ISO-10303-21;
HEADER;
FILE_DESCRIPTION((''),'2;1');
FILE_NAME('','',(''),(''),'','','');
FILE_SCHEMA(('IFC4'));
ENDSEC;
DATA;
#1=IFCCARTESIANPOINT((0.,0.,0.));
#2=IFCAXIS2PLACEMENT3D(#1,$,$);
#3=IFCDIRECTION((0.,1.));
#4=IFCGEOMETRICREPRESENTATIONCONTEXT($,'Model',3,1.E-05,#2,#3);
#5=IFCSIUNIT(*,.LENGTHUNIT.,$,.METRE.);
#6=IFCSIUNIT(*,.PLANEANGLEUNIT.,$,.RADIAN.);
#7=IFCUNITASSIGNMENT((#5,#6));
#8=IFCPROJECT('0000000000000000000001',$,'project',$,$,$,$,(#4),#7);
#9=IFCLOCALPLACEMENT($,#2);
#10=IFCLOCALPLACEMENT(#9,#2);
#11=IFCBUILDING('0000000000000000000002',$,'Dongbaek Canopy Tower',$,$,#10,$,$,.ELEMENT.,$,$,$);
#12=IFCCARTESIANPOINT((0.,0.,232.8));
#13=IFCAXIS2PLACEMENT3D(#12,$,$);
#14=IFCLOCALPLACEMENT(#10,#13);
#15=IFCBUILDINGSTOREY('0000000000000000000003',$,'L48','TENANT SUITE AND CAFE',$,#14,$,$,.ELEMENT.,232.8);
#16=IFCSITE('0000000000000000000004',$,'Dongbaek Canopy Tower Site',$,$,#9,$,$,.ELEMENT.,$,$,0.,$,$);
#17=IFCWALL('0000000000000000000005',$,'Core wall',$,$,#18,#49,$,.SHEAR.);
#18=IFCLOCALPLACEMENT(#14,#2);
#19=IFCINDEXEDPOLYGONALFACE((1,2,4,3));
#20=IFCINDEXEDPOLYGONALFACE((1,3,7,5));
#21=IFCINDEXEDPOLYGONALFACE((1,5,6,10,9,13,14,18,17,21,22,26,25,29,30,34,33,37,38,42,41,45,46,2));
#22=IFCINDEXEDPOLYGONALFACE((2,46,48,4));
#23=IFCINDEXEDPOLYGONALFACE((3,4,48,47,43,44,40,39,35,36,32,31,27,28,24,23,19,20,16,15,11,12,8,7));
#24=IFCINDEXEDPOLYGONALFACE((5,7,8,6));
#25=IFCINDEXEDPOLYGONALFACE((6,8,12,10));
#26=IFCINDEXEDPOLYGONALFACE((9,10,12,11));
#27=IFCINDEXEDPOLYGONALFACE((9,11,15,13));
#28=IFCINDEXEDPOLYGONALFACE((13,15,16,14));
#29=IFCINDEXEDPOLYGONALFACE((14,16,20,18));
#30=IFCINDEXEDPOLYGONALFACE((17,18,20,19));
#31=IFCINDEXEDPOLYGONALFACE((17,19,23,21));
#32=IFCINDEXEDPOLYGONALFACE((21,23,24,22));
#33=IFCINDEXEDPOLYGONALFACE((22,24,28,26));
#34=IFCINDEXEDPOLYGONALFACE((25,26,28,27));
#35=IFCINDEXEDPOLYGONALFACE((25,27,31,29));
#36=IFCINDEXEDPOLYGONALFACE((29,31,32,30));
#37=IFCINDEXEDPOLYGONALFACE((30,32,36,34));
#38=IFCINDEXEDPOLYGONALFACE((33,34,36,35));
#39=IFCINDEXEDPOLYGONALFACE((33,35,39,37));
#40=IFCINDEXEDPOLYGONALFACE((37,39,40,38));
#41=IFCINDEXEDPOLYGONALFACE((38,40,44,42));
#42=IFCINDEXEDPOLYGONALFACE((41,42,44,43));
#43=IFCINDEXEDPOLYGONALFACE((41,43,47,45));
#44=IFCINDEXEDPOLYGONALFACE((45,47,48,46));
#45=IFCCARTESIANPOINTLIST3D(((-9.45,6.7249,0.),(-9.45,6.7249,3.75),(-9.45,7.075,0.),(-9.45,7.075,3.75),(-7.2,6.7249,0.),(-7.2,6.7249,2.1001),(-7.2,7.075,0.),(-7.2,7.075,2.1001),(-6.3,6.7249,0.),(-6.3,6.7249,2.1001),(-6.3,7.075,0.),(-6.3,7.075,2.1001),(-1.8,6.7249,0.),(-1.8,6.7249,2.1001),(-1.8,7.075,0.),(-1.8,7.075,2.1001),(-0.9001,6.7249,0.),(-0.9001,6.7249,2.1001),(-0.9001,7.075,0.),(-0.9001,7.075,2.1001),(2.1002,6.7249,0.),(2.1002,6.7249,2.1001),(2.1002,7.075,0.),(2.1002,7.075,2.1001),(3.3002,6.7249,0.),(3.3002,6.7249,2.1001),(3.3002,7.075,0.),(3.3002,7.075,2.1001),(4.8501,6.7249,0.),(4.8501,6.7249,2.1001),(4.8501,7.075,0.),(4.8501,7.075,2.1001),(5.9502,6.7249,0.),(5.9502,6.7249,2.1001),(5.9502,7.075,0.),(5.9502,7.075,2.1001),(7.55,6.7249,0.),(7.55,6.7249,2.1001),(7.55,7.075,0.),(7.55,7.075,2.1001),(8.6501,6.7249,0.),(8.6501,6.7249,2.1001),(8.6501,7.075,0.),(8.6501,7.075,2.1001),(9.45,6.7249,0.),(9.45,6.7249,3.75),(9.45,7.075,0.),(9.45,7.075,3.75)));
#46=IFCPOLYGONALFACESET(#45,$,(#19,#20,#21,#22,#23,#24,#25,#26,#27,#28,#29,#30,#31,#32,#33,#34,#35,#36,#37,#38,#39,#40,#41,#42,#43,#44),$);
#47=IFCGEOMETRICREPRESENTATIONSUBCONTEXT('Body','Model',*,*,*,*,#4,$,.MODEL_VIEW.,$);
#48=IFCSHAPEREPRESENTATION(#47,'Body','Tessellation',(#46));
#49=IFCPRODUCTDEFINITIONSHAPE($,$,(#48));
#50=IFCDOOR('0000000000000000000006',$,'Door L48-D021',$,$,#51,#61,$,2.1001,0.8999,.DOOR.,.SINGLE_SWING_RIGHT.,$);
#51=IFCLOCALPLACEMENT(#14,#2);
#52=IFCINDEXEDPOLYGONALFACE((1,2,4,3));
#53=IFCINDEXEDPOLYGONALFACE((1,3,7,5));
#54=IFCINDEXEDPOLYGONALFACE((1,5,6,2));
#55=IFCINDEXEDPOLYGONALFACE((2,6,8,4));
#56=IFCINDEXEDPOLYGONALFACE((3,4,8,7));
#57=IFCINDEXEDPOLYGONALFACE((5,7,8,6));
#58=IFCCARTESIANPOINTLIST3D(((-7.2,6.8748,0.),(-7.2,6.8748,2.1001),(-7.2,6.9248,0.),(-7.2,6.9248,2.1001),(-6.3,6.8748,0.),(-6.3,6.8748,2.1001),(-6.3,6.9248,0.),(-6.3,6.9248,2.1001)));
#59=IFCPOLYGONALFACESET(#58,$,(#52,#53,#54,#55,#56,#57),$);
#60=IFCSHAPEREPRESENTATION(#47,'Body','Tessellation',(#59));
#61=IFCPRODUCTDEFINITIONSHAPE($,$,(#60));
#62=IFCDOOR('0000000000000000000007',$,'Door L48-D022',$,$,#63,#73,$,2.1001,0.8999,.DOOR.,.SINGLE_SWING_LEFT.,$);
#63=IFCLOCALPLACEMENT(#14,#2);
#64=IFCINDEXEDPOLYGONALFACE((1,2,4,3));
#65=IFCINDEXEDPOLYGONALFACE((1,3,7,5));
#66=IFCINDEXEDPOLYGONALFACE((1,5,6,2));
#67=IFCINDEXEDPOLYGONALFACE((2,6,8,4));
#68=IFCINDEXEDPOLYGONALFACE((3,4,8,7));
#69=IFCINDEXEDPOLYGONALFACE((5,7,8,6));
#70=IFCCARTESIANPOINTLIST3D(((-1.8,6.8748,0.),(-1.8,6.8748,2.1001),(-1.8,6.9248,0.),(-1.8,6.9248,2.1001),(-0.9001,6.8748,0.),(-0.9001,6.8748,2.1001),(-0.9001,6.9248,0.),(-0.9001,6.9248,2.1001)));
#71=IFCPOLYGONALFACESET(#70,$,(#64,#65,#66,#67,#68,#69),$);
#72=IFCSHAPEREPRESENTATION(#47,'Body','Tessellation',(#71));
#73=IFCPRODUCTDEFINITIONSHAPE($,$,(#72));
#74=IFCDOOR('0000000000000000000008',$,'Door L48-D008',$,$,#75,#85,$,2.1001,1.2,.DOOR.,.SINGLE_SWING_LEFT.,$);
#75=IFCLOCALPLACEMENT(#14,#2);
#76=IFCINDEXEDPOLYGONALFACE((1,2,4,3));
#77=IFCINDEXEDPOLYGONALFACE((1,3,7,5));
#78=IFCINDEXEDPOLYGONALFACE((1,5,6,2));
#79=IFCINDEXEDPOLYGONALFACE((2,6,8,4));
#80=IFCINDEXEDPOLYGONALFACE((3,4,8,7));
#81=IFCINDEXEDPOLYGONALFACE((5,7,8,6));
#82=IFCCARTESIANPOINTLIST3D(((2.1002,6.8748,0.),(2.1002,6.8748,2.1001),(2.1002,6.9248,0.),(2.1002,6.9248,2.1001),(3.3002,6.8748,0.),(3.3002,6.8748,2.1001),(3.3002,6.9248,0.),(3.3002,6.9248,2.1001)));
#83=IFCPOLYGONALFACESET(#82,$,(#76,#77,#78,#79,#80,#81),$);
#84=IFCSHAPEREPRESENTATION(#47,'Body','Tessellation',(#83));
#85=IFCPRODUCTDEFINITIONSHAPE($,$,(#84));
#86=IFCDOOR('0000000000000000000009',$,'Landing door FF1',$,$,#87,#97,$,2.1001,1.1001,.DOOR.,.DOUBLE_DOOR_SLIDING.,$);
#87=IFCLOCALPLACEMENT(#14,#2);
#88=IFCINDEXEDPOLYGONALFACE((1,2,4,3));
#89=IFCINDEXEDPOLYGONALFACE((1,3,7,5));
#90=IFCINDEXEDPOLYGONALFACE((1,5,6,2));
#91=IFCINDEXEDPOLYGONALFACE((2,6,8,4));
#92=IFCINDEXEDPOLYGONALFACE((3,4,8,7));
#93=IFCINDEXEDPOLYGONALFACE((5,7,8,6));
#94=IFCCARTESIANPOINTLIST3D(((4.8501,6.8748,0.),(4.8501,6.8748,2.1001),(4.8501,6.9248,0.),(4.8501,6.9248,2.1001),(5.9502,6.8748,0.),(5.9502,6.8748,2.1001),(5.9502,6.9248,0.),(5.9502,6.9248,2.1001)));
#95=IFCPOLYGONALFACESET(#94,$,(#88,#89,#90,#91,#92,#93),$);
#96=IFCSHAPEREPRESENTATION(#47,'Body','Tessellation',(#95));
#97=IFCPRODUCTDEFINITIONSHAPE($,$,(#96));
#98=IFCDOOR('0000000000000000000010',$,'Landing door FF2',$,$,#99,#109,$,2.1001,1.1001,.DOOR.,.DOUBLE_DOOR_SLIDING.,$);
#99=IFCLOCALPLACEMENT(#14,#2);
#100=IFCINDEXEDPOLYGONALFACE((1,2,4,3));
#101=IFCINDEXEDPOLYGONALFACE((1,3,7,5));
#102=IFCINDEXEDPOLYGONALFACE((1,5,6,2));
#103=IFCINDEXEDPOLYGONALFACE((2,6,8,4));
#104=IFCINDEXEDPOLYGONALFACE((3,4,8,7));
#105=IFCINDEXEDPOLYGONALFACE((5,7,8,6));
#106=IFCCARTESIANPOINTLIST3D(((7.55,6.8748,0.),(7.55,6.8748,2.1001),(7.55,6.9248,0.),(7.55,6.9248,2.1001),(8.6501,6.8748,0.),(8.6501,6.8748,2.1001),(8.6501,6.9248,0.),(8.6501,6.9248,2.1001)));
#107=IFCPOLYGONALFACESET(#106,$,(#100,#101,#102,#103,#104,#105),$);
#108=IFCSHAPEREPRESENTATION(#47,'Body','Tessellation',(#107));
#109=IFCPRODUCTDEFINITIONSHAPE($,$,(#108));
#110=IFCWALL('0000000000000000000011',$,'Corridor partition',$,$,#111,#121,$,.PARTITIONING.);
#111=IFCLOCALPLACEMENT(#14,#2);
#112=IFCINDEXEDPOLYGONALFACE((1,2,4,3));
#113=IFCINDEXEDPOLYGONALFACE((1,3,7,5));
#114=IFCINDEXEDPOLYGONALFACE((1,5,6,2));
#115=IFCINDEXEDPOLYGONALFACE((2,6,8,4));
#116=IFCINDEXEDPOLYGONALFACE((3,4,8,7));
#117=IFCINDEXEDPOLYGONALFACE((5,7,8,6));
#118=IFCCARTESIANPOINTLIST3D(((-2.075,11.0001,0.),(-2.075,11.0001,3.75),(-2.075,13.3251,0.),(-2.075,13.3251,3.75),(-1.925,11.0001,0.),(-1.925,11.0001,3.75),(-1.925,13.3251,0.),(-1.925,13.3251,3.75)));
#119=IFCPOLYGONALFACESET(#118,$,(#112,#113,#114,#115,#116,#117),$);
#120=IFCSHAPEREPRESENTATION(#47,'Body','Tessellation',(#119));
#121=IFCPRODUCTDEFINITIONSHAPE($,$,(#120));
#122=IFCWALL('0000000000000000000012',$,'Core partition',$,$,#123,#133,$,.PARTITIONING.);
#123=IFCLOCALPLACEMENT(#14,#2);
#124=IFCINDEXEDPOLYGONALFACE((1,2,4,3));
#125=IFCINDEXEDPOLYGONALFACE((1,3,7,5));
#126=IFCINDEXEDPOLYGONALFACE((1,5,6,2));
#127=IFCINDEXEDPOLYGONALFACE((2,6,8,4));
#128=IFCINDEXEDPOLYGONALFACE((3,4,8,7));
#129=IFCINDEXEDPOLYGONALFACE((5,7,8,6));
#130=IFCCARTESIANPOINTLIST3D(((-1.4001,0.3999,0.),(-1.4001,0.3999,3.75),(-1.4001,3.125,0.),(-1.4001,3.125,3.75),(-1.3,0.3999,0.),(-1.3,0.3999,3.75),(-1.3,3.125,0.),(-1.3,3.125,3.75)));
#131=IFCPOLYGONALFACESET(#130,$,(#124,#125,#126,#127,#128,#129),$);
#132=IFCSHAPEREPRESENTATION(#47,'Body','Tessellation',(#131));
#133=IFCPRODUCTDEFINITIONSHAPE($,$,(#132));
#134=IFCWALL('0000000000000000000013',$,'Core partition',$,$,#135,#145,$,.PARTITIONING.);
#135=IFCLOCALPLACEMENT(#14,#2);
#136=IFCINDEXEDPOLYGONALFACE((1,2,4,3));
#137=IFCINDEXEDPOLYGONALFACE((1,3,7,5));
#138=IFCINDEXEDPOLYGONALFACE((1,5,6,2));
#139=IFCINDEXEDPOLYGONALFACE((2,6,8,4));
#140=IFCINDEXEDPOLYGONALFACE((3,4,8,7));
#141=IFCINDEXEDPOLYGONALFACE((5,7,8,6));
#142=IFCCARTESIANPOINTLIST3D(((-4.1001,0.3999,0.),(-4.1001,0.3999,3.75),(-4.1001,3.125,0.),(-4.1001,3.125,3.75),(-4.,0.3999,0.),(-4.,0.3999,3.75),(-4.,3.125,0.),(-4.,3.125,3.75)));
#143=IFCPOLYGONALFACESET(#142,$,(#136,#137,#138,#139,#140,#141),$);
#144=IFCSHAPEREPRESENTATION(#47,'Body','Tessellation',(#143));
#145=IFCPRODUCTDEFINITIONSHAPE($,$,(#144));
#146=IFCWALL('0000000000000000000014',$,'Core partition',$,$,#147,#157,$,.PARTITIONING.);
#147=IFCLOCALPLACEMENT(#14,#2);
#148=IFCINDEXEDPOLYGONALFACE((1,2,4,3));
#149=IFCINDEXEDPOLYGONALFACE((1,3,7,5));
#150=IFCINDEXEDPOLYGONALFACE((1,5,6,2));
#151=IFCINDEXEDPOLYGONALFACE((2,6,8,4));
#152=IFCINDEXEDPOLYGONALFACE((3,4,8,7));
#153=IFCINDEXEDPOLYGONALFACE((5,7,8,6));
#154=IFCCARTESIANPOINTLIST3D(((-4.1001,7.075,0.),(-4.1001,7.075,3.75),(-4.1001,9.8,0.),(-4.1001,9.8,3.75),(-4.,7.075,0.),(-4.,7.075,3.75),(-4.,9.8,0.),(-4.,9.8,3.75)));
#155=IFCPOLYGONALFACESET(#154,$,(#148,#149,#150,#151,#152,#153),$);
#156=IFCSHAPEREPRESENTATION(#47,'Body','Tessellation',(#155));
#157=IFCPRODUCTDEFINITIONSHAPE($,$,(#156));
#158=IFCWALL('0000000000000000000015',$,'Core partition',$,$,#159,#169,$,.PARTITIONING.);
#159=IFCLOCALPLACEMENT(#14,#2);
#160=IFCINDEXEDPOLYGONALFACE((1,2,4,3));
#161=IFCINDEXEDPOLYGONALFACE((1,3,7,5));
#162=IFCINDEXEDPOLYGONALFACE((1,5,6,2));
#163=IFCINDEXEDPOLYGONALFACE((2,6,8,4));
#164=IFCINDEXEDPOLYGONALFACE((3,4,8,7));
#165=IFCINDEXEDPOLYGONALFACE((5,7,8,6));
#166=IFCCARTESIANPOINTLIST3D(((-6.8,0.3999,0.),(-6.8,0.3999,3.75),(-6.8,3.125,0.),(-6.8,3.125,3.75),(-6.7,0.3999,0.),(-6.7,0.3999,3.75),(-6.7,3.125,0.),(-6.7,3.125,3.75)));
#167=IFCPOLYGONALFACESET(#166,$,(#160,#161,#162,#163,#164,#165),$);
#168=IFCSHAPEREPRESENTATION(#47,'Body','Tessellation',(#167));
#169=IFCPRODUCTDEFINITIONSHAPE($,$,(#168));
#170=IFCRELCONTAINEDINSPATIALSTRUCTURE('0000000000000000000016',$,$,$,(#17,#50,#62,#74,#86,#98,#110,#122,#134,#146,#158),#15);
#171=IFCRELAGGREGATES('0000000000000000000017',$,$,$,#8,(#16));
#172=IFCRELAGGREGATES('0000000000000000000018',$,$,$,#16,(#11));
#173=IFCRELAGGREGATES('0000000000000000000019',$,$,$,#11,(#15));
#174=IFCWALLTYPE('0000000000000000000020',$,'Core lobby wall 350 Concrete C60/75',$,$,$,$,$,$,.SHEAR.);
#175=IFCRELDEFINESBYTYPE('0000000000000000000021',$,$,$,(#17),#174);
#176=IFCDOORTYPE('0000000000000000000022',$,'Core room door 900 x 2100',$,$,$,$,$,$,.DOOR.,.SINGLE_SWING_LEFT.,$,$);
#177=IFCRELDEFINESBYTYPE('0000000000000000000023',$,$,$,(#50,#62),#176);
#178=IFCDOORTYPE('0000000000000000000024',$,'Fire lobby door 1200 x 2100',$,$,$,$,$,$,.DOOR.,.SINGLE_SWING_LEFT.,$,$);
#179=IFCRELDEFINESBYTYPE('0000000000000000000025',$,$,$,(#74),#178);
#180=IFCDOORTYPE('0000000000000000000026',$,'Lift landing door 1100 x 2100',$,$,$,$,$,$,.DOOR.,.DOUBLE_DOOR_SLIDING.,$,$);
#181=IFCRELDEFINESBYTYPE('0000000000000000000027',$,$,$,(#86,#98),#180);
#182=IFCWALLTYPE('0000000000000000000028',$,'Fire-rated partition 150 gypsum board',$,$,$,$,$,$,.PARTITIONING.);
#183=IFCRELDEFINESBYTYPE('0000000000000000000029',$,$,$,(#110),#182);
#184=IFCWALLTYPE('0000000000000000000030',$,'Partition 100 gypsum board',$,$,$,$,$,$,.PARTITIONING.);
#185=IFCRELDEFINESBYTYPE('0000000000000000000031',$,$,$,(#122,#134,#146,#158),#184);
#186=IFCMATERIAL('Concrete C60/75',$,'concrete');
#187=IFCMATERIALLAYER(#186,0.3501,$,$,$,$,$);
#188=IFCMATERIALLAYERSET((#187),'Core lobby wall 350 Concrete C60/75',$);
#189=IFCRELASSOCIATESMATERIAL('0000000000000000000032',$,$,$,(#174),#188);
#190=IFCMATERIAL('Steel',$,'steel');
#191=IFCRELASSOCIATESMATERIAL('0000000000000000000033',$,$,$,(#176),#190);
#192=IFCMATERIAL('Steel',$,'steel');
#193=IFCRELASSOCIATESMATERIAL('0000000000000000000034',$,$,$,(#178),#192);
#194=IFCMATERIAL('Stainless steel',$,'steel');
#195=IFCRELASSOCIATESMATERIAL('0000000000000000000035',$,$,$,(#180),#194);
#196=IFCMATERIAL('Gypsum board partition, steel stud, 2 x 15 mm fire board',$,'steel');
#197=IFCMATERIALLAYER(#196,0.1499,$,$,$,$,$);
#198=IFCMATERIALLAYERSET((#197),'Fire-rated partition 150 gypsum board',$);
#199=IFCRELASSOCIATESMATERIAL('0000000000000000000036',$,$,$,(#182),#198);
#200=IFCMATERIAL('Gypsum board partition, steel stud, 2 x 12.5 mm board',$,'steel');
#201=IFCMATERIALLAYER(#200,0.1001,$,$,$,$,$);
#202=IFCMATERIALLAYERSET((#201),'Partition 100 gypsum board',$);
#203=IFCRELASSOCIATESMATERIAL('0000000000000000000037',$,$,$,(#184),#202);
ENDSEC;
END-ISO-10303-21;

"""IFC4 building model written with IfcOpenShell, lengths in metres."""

from ifc_helpers import new_model, si_unit, direction, frame, frame_2d, origin, place, context, subcontext, project, spatial, rectangle, extrude, material, layer, layer_set, type_object, element, fill, save


model = new_model("IFC4")

# Units and contexts
model_context = context("Model", 3, precision=1e-05, world=origin(), true_north=direction((0.0, 1.0)))
body_context = subcontext(model_context, "Body", "Model", "MODEL_VIEW")
ifc_project = project(units=[si_unit("LENGTHUNIT", "METRE"), si_unit("PLANEANGLEUNIT", "RADIAN")], contexts=[model_context])

# Site, building, storey
site_placement = place(None, origin())
site = spatial("IfcSite", under=ifc_project, at=site_placement, Name="Dongbaek Canopy Tower Site", CompositionType="ELEMENT", RefElevation=0.0)
building_placement = place(site_placement, origin())
building = spatial("IfcBuilding", under=site, at=building_placement, Name="Dongbaek Canopy Tower", CompositionType="ELEMENT")
storey_placement = place(building_placement, frame((0.0, 0.0, 232.8)))
storey = spatial("IfcBuildingStorey", under=building, at=storey_placement, Name="L48", Description="TENANT SUITE AND CAFE", CompositionType="ELEMENT", Elevation=232.8)

# Wall, openings, doors
ifc_material_1 = material(Name="Concrete C60/75", Category="concrete")
ifc_layer_1 = layer(ifc_material_1, 0.3501)
ifc_layer_set_1 = layer_set([ifc_layer_1], Name="Core lobby wall 350 Concrete C60/75")
wall_type_1 = type_object("IfcWallType", Name="Core lobby wall 350 Concrete C60/75", PredefinedType="SHEAR", material=ifc_layer_set_1)
wall_1_placement = place(storey_placement, frame((-9.45, 6.8999, 0.0), z_axis=(0.0, 0.0, 1.0), x_axis=(1.0, 0.0, 0.0)))
wall_1 = element("IfcWall", 1, at=wall_1_placement, inside=storey, type_object=wall_type_1, Name="Core wall", PredefinedType="SHEAR", context=body_context, shape_type="SweptSolid", body=[
    extrude(rectangle(XDim=18.8999, YDim=0.3501, at=frame_2d((9.45, 0.0))), origin(), (0.0, 0.0, 1.0), 3.75),
])
opening_1_placement = place(wall_1_placement, frame((11.55, 0.0, 0.0)))
opening_1 = element("IfcOpeningElement", 2, at=opening_1_placement, cuts=wall_1, PredefinedType="OPENING", context=body_context, shape_type="SweptSolid", body=[
    extrude(rectangle(XDim=1.2, YDim=2.1001, at=frame_2d((0.6001, 1.05))), frame((0.0, 0.1851, 0.0), z_axis=(0.0, -1.0, 0.0), x_axis=(1.0, 0.0, 0.0)), (0.0, 0.0, 1.0), 0.3701),
])
opening_2_placement = place(wall_1_placement, frame((14.3, 0.0, 0.0)))
opening_2 = element("IfcOpeningElement", 3, at=opening_2_placement, cuts=wall_1, PredefinedType="OPENING", context=body_context, shape_type="SweptSolid", body=[
    extrude(rectangle(XDim=1.1001, YDim=2.1001, at=frame_2d((0.55, 1.05))), frame((0.0, 0.1851, 0.0), z_axis=(0.0, -1.0, 0.0), x_axis=(1.0, 0.0, 0.0)), (0.0, 0.0, 1.0), 0.3701),
])
opening_3_placement = place(wall_1_placement, frame((17.0, 0.0, 0.0)))
opening_3 = element("IfcOpeningElement", 4, at=opening_3_placement, cuts=wall_1, PredefinedType="OPENING", context=body_context, shape_type="SweptSolid", body=[
    extrude(rectangle(XDim=1.1001, YDim=2.1001, at=frame_2d((0.55, 1.05))), frame((0.0, 0.1851, 0.0), z_axis=(0.0, -1.0, 0.0), x_axis=(1.0, 0.0, 0.0)), (0.0, 0.0, 1.0), 0.3701),
])
opening_4_placement = place(wall_1_placement, frame((2.25, 0.0, 0.0)))
opening_4 = element("IfcOpeningElement", 5, at=opening_4_placement, cuts=wall_1, PredefinedType="OPENING", context=body_context, shape_type="SweptSolid", body=[
    extrude(rectangle(XDim=0.8999, YDim=2.1001, at=frame_2d((0.45, 1.05))), frame((0.0, 0.1851, 0.0), z_axis=(0.0, -1.0, 0.0), x_axis=(1.0, 0.0, 0.0)), (0.0, 0.0, 1.0), 0.3701),
])
opening_5_placement = place(wall_1_placement, frame((7.6499, 0.0, 0.0)))
opening_5 = element("IfcOpeningElement", 6, at=opening_5_placement, cuts=wall_1, PredefinedType="OPENING", context=body_context, shape_type="SweptSolid", body=[
    extrude(rectangle(XDim=0.8999, YDim=2.1001, at=frame_2d((0.45, 1.05))), frame((0.0, 0.1851, 0.0), z_axis=(0.0, -1.0, 0.0), x_axis=(1.0, 0.0, 0.0)), (0.0, 0.0, 1.0), 0.3701),
])
ifc_material_2 = material(Name="Steel", Category="steel")
door_type_1 = type_object("IfcDoorType", Name="Core room door 900 x 2100", OperationType="SINGLE_SWING_LEFT", PredefinedType="DOOR", material=ifc_material_2)
door_1_placement = place(opening_4_placement, origin())
door_1 = element("IfcDoor", 7, at=door_1_placement, inside=storey, type_object=door_type_1, Name="Door L48-D021", OperationType="SINGLE_SWING_RIGHT", OverallHeight=2.1001, OverallWidth=0.8999, PredefinedType="DOOR", context=body_context, shape_type="SweptSolid", body=[
    extrude(rectangle(XDim=0.8999, YDim=2.1001, at=frame_2d((0.45, 1.05))), frame((0.0, 0.0249, 0.0), z_axis=(0.0, -1.0, 0.0), x_axis=(1.0, 0.0, 0.0)), (0.0, 0.0, 1.0), 0.05),
])
fill(opening_4, door_1)
door_2_placement = place(opening_5_placement, origin())
door_2 = element("IfcDoor", 8, at=door_2_placement, inside=storey, type_object=door_type_1, Name="Door L48-D022", OperationType="SINGLE_SWING_LEFT", OverallHeight=2.1001, OverallWidth=0.8999, PredefinedType="DOOR", context=body_context, shape_type="SweptSolid", body=[
    extrude(rectangle(XDim=0.8999, YDim=2.1001, at=frame_2d((0.45, 1.05))), frame((0.0, 0.0249, 0.0), z_axis=(0.0, -1.0, 0.0), x_axis=(1.0, 0.0, 0.0)), (0.0, 0.0, 1.0), 0.05),
])
fill(opening_5, door_2)
ifc_material_3 = material(Name="Steel", Category="steel")
door_type_2 = type_object("IfcDoorType", Name="Fire lobby door 1200 x 2100", OperationType="SINGLE_SWING_LEFT", PredefinedType="DOOR", material=ifc_material_3)
door_3_placement = place(opening_1_placement, origin())
door_3 = element("IfcDoor", 9, at=door_3_placement, inside=storey, type_object=door_type_2, Name="Door L48-D008", OperationType="SINGLE_SWING_LEFT", OverallHeight=2.1001, OverallWidth=1.2, PredefinedType="DOOR", context=body_context, shape_type="SweptSolid", body=[
    extrude(rectangle(XDim=1.2, YDim=2.1001, at=frame_2d((0.6001, 1.05))), frame((0.0, 0.0249, 0.0), z_axis=(0.0, -1.0, 0.0), x_axis=(1.0, 0.0, 0.0)), (0.0, 0.0, 1.0), 0.05),
])
fill(opening_1, door_3)
ifc_material_4 = material(Name="Stainless steel", Category="steel")
door_type_3 = type_object("IfcDoorType", Name="Lift landing door 1100 x 2100", OperationType="DOUBLE_DOOR_SLIDING", PredefinedType="DOOR", material=ifc_material_4)
door_4_placement = place(opening_2_placement, origin())
door_4 = element("IfcDoor", 10, at=door_4_placement, inside=storey, type_object=door_type_3, Name="Landing door FF1", OperationType="DOUBLE_DOOR_SLIDING", OverallHeight=2.1001, OverallWidth=1.1001, PredefinedType="DOOR", context=body_context, shape_type="SweptSolid", body=[
    extrude(rectangle(XDim=1.1001, YDim=2.1001, at=frame_2d((0.55, 1.05))), frame((0.0, 0.0249, 0.0), z_axis=(0.0, -1.0, 0.0), x_axis=(1.0, 0.0, 0.0)), (0.0, 0.0, 1.0), 0.05),
])
fill(opening_2, door_4)
door_5_placement = place(opening_3_placement, origin())
door_5 = element("IfcDoor", 11, at=door_5_placement, inside=storey, type_object=door_type_3, Name="Landing door FF2", OperationType="DOUBLE_DOOR_SLIDING", OverallHeight=2.1001, OverallWidth=1.1001, PredefinedType="DOOR", context=body_context, shape_type="SweptSolid", body=[
    extrude(rectangle(XDim=1.1001, YDim=2.1001, at=frame_2d((0.55, 1.05))), frame((0.0, 0.0249, 0.0), z_axis=(0.0, -1.0, 0.0), x_axis=(1.0, 0.0, 0.0)), (0.0, 0.0, 1.0), 0.05),
])
fill(opening_3, door_5)

# Walls
ifc_material_5 = material(Name="Gypsum board partition, steel stud, 2 x 15 mm fire board", Category="steel")
ifc_layer_2 = layer(ifc_material_5, 0.1499)
ifc_layer_set_2 = layer_set([ifc_layer_2], Name="Fire-rated partition 150 gypsum board")
wall_type_2 = type_object("IfcWallType", Name="Fire-rated partition 150 gypsum board", PredefinedType="PARTITIONING", material=ifc_layer_set_2)
wall_2_placement = place(storey_placement, frame((-2.0, 11.0, 0.0), z_axis=(0.0, 0.0, 1.0), x_axis=(0.0, 1.0, 0.0)))
element("IfcWall", 12, at=wall_2_placement, inside=storey, type_object=wall_type_2, Name="Corridor partition", PredefinedType="PARTITIONING", context=body_context, shape_type="SweptSolid", body=[
    extrude(rectangle(XDim=2.325, YDim=0.1499, at=frame_2d((1.1626, 0.0))), origin(), (0.0, 0.0, 1.0), 3.75),
])
ifc_material_6 = material(Name="Gypsum board partition, steel stud, 2 x 12.5 mm board", Category="steel")
ifc_layer_3 = layer(ifc_material_6, 0.1001)
ifc_layer_set_3 = layer_set([ifc_layer_3], Name="Partition 100 gypsum board")
wall_type_3 = type_object("IfcWallType", Name="Partition 100 gypsum board", PredefinedType="PARTITIONING", material=ifc_layer_set_3)
for number, where, z_axis, x_axis, name in (
    (13, (-1.3501, 0.3999, 0.0), (0.0, 0.0, 1.0), (0.0, 1.0, 0.0), "Core partition"),
    (14, (-4.05, 0.3999, 0.0), (0.0, 0.0, 1.0), (0.0, 1.0, 0.0), "Core partition"),
    (15, (-4.05, 7.075, 0.0), (0.0, 0.0, 1.0), (0.0, 1.0, 0.0), "Core partition"),
    (16, (-6.75, 0.3999, 0.0), (0.0, 0.0, 1.0), (0.0, 1.0, 0.0), "Core partition"),
):
    element("IfcWall", number, at=place(storey_placement, frame(where, z_axis=z_axis, x_axis=x_axis)), inside=storey, type_object=wall_type_3, Name=name, PredefinedType="PARTITIONING", context=body_context, shape_type="SweptSolid", body=[
        extrude(rectangle(XDim=2.7251, YDim=0.1001, at=frame_2d((1.3625, 0.0))), origin(), (0.0, 0.0, 1.0), 3.75),
    ])

save(model, "model.ifc")
